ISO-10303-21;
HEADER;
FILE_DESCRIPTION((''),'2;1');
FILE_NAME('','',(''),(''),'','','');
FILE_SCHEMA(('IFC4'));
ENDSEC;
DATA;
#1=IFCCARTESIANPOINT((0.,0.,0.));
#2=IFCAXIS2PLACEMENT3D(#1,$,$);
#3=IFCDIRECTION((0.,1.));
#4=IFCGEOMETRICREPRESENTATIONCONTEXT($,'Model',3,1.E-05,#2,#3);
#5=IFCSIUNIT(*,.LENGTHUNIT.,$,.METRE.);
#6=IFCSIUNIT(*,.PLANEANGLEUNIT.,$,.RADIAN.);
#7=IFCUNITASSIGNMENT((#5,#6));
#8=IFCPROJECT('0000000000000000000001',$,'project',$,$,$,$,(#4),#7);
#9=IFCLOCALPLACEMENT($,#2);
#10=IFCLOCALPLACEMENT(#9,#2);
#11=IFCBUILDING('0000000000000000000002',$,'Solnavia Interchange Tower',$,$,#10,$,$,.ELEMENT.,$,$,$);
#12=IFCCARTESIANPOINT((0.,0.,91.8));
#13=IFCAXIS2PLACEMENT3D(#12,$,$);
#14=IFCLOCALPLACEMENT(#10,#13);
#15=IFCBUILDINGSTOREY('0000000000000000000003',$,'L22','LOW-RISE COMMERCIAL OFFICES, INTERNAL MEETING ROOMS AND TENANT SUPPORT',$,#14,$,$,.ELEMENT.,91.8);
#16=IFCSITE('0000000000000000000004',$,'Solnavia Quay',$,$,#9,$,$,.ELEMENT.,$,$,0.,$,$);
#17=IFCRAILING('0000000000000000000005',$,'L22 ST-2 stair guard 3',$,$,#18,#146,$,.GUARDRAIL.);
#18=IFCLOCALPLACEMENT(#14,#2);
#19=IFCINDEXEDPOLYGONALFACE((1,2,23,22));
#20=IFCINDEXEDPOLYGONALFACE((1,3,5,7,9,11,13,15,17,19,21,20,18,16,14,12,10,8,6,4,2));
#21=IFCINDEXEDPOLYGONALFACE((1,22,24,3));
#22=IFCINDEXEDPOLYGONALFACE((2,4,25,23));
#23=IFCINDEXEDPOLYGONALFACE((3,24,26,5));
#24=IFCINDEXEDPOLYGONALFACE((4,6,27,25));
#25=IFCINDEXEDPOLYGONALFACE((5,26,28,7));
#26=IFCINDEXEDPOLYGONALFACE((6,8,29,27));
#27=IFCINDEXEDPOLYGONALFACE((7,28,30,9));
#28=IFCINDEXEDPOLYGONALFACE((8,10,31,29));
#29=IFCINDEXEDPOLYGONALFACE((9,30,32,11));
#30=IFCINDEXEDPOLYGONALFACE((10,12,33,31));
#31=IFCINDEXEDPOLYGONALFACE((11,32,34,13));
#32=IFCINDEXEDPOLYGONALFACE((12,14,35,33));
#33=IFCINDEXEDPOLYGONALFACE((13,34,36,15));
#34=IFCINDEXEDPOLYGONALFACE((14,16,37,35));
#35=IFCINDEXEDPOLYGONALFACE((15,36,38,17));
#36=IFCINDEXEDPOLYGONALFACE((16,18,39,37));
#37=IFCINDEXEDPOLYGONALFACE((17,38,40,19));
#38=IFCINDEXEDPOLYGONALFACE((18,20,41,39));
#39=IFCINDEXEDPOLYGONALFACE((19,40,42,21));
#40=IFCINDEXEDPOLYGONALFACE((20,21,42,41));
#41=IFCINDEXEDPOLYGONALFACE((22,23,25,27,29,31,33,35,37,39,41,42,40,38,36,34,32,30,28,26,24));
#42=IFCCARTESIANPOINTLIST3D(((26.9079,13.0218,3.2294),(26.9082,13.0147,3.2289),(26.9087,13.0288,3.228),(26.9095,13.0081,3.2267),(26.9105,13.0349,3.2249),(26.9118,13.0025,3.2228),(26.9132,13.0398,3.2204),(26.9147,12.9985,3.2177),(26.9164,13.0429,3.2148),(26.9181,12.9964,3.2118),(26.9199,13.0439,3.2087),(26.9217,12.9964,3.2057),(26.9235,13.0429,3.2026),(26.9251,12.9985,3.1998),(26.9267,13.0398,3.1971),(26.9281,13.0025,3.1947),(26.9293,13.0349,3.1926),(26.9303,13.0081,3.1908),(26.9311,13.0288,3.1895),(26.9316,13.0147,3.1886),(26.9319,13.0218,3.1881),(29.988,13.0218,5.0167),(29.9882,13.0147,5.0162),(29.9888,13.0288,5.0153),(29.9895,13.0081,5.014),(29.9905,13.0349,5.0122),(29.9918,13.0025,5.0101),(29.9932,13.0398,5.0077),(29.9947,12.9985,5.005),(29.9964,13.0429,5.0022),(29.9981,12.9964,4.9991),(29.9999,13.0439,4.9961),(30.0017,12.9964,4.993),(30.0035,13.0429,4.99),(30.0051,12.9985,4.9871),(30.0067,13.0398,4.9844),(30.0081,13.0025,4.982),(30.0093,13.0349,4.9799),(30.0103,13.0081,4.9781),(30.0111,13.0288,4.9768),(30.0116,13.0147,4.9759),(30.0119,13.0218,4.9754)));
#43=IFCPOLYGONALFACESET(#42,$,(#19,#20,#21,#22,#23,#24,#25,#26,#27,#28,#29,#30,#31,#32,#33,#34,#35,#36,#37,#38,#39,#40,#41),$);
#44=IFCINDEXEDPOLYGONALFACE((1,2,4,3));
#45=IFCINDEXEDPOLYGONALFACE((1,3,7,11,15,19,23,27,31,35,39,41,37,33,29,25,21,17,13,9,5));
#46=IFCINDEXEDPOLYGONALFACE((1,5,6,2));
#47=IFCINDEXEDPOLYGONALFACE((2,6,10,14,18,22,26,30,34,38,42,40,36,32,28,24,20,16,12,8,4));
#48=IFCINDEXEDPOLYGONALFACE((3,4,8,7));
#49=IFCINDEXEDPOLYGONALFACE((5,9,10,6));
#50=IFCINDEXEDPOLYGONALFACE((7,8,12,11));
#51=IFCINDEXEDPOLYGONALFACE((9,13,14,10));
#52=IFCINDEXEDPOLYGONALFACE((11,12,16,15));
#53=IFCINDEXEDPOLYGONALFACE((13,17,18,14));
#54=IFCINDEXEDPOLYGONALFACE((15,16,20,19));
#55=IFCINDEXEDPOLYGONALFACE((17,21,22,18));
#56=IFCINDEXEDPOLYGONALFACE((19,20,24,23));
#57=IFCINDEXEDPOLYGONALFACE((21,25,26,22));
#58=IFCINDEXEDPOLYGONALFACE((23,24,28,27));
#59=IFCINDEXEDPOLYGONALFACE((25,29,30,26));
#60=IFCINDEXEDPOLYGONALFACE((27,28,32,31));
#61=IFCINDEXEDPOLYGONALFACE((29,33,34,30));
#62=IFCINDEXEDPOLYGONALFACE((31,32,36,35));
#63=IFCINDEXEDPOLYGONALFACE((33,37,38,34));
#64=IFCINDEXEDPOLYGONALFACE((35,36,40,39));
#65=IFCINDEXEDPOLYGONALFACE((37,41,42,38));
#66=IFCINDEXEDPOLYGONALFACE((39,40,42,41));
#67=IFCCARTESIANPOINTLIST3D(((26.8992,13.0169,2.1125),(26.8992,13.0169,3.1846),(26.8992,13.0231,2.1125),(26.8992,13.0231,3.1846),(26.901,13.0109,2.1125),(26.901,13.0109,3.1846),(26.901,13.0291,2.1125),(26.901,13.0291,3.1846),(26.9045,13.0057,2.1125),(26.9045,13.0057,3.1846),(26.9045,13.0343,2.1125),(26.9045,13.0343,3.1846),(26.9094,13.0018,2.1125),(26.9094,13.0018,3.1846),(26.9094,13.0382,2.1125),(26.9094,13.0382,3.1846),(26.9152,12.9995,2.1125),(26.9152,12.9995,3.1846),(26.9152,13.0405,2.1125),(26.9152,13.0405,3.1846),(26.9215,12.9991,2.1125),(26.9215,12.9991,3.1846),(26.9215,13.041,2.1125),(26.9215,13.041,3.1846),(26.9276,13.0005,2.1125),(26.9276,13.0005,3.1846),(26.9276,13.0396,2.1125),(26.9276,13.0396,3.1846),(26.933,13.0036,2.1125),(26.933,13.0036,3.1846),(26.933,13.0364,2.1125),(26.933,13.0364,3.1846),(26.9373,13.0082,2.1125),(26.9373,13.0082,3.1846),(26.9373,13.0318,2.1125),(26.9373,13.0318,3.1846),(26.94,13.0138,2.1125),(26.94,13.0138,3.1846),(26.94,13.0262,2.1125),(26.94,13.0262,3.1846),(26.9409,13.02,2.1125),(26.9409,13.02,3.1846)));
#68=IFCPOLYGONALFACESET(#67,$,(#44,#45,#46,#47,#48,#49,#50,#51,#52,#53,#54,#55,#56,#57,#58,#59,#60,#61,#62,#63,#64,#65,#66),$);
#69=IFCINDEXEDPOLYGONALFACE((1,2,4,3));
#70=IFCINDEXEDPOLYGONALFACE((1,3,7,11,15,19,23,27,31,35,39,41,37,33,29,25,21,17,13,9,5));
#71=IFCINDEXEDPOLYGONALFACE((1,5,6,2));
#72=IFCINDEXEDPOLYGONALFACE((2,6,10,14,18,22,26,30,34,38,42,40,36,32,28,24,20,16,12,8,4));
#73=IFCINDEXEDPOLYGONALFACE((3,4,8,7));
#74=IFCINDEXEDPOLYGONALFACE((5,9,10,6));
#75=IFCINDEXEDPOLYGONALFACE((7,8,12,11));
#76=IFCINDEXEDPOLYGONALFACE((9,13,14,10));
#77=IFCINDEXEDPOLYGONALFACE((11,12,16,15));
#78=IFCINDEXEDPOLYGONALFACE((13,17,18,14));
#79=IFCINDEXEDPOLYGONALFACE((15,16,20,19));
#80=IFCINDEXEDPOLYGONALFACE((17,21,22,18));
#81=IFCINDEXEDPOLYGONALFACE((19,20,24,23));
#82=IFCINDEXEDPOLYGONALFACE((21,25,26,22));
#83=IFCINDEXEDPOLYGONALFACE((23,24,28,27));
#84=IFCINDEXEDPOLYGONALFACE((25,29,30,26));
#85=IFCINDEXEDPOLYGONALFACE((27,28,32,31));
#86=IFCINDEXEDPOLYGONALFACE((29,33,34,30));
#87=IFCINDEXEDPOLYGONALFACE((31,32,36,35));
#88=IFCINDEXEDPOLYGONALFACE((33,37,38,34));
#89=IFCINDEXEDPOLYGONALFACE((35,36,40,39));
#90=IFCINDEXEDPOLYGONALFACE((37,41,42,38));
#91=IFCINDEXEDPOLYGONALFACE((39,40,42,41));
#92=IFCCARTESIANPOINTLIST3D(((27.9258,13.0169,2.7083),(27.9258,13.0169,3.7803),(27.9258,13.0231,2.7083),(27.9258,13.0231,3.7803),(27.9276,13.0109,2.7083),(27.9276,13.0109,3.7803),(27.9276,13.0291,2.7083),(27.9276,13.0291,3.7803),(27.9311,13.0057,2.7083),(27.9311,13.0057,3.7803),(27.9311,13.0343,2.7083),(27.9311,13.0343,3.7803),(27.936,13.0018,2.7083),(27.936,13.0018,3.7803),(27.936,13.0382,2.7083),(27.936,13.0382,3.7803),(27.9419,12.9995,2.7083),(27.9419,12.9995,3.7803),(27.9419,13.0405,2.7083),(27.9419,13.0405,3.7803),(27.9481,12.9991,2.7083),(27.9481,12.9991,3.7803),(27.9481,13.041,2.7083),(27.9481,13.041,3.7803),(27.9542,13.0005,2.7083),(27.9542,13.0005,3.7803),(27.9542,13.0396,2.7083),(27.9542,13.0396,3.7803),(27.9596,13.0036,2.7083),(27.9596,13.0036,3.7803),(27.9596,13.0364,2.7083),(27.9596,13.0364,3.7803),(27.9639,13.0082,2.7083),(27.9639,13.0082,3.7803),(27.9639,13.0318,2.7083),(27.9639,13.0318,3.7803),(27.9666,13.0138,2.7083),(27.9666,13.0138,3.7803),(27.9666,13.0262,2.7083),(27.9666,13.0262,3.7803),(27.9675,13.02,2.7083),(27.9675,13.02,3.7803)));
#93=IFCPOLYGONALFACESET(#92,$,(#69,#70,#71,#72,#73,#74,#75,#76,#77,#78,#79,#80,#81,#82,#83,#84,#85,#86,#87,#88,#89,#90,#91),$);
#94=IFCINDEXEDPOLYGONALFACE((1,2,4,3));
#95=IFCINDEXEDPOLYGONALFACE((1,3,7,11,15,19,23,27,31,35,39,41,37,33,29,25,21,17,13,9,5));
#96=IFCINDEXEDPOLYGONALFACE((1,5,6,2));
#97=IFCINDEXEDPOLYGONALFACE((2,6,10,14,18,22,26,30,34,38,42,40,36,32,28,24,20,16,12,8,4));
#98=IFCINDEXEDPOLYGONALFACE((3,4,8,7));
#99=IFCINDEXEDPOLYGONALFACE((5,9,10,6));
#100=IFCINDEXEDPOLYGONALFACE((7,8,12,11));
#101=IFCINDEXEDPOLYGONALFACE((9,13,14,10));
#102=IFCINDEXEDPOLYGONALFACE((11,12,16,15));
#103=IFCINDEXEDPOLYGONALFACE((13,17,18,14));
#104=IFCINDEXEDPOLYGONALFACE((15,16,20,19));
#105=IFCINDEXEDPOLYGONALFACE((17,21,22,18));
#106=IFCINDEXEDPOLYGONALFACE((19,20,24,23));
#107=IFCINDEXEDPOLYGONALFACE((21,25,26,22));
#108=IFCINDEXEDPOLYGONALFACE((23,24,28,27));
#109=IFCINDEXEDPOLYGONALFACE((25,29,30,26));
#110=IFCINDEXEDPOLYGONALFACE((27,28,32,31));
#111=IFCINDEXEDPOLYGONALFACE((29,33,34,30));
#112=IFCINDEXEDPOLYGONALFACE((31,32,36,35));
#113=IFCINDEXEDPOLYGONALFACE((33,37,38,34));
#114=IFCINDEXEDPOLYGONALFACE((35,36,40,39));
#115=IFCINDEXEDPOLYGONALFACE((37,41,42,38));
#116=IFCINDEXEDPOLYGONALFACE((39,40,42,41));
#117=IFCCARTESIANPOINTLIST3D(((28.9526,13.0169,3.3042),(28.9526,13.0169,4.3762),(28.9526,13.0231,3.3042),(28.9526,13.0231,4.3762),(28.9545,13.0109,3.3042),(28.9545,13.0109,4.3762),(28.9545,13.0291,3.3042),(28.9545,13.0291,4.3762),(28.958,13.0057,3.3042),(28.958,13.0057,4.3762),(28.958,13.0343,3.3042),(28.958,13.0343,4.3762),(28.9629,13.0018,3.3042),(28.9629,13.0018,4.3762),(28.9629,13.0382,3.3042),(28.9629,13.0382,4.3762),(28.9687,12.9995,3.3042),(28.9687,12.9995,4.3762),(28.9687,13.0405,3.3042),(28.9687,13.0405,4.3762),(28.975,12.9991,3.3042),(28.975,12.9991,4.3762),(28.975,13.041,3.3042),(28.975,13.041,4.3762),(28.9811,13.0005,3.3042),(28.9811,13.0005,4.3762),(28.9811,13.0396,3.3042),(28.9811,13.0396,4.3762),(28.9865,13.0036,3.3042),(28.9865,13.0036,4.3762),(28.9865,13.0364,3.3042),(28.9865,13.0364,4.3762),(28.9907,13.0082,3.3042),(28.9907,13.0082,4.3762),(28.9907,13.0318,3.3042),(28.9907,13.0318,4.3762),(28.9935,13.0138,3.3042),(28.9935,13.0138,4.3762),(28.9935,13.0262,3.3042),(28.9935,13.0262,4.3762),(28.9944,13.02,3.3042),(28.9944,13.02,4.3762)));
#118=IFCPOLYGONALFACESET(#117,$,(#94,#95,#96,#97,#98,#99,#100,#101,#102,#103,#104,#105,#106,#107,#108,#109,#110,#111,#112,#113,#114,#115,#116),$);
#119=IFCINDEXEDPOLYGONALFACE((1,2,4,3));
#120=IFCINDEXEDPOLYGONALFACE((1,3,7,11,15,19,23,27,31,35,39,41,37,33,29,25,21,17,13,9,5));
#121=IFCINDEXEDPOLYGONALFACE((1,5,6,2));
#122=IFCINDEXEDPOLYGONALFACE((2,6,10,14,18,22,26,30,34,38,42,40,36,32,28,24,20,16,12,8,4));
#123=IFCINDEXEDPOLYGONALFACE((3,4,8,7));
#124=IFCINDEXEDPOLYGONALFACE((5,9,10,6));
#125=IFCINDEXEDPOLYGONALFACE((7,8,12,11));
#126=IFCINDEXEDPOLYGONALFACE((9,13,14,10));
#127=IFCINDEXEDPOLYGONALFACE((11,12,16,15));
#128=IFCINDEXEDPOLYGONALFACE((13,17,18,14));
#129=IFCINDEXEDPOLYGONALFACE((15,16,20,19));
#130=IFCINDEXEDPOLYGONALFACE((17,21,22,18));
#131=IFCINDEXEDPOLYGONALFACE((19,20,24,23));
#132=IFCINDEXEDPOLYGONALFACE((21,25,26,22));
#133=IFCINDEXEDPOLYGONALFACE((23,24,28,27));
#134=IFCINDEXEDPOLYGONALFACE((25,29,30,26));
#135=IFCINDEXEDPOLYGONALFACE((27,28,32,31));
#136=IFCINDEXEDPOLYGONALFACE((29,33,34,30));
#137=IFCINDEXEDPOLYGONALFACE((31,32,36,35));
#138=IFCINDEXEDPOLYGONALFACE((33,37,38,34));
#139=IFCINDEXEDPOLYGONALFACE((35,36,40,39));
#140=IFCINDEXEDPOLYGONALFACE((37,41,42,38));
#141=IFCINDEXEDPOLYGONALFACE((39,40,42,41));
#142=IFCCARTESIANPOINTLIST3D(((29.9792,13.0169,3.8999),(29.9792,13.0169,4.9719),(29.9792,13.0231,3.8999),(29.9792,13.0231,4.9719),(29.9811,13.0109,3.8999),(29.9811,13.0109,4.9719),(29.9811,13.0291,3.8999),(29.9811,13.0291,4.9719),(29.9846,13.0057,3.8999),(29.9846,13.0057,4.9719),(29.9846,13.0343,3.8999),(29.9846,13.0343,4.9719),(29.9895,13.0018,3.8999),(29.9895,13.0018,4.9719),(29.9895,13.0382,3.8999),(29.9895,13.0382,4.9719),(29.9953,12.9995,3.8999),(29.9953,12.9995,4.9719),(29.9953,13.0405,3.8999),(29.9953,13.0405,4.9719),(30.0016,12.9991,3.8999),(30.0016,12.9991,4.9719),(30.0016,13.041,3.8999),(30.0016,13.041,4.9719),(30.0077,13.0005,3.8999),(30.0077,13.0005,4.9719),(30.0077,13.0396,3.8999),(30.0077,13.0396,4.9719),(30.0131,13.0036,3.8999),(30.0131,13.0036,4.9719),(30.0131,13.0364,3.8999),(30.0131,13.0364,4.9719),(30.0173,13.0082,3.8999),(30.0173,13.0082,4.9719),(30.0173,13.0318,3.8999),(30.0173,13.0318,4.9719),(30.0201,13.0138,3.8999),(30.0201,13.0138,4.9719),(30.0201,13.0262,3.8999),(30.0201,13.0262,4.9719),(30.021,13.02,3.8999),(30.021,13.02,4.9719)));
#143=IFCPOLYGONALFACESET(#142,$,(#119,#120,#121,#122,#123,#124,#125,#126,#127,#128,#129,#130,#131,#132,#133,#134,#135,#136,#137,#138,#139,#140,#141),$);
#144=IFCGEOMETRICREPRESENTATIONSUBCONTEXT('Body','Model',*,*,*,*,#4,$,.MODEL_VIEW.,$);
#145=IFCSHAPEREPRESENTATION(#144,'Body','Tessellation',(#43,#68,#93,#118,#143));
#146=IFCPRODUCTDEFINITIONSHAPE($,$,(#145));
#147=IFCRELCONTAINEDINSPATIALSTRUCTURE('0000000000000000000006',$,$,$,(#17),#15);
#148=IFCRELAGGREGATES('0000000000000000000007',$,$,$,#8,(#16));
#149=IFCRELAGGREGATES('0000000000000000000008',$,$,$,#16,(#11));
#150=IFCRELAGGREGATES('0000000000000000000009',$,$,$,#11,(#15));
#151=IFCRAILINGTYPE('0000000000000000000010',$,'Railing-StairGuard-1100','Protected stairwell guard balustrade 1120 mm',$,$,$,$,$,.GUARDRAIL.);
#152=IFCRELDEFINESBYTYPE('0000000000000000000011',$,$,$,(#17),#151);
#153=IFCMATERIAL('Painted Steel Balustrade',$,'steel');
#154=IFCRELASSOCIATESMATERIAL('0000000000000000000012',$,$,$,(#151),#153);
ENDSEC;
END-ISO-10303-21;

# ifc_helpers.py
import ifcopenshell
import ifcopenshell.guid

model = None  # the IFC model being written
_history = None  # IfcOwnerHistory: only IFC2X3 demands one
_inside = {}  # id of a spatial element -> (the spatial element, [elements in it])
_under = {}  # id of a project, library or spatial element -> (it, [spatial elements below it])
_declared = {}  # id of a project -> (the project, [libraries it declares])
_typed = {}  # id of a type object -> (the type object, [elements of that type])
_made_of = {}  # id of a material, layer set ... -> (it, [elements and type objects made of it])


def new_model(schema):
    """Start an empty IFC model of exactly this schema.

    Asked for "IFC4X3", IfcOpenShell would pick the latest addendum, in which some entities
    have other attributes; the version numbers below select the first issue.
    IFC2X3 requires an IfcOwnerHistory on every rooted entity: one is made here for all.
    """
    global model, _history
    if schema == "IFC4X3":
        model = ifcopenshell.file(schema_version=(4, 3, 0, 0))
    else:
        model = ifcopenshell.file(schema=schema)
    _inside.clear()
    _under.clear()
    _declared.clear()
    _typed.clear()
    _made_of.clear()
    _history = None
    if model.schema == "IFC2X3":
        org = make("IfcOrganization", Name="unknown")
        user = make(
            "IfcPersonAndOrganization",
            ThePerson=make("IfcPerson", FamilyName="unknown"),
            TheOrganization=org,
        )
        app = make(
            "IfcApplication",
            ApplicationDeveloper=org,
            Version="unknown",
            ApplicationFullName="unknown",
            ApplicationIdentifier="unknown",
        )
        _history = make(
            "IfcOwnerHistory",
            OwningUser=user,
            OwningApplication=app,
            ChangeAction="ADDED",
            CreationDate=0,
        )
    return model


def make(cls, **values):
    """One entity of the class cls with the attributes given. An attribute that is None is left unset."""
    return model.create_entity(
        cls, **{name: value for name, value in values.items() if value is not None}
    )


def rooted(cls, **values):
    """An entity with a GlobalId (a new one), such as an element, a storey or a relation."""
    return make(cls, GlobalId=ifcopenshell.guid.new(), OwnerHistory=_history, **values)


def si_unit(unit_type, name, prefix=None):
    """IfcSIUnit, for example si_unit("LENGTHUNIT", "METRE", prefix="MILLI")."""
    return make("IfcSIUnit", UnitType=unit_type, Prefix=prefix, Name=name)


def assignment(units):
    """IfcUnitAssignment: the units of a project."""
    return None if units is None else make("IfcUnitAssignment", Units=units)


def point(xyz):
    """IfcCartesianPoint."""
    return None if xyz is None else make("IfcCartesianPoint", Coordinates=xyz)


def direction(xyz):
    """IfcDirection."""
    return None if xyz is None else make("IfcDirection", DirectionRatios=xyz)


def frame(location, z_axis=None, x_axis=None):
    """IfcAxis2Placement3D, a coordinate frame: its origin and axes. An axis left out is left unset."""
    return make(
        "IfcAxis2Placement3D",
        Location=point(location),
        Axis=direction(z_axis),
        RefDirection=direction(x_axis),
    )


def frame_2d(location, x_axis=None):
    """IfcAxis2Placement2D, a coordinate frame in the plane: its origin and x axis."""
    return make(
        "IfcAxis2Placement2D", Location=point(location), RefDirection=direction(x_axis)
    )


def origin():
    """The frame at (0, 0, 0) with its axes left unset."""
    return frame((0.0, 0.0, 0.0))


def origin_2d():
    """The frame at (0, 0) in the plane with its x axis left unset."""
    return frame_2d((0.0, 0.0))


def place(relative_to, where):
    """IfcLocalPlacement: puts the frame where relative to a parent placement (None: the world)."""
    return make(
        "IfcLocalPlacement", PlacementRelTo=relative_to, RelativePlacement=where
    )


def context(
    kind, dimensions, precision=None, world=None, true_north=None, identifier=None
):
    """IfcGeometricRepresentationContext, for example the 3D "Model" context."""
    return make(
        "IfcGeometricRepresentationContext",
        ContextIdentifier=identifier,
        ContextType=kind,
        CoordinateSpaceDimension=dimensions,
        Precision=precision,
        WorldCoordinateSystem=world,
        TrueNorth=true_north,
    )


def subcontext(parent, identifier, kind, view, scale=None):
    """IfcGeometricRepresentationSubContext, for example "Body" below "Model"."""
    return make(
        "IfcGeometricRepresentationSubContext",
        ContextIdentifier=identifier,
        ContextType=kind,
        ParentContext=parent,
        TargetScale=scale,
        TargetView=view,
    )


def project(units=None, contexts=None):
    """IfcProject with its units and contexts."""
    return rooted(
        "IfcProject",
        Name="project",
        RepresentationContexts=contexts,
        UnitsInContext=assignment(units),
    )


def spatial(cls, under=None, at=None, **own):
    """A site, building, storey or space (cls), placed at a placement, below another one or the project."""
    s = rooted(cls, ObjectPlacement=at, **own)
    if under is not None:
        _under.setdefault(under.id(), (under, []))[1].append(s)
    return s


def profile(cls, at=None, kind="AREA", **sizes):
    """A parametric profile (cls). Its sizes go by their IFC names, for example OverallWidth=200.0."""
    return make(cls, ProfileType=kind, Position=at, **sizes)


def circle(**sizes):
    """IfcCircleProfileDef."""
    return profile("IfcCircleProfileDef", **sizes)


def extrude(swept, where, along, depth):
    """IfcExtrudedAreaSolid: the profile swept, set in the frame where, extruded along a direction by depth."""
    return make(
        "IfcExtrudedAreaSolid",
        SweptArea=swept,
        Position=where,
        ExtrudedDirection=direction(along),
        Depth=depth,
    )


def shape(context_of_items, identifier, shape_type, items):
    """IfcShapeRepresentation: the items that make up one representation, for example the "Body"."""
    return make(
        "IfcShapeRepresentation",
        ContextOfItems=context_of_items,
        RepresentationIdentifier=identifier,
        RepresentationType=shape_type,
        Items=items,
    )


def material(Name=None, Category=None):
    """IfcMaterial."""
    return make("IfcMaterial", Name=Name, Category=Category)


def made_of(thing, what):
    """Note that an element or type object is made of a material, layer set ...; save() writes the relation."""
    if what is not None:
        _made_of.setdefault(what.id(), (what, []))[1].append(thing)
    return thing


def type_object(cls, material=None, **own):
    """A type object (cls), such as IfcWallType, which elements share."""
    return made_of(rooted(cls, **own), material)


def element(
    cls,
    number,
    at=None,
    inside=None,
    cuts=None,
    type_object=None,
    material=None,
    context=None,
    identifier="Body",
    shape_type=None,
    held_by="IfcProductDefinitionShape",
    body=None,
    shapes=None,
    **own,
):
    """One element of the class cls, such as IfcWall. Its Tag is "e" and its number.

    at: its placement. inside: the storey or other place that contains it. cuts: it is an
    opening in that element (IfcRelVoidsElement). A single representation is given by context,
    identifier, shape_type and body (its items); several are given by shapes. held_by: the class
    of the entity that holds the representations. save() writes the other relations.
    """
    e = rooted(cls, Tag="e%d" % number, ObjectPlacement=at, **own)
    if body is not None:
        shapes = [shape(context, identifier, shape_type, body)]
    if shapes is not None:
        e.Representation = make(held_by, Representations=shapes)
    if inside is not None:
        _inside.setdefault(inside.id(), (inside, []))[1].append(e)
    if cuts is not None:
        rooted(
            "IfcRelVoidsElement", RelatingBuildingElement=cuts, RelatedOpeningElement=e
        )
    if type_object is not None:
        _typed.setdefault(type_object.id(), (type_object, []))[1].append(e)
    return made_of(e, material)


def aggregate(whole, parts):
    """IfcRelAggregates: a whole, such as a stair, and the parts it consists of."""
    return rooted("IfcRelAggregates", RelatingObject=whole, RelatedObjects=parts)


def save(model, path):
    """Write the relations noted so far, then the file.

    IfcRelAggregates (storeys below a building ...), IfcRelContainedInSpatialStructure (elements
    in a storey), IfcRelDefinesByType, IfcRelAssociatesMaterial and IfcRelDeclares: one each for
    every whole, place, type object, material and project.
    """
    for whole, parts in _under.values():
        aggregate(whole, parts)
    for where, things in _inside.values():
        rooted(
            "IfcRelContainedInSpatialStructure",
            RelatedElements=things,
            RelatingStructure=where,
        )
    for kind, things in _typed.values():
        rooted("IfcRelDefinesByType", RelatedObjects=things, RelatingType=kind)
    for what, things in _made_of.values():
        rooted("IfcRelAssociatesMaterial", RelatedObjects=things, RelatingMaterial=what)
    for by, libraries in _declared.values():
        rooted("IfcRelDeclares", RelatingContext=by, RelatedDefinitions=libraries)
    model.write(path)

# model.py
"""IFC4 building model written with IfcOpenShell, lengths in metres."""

from ifc_helpers import new_model, si_unit, direction, frame, origin, origin_2d, place, context, subcontext, project, spatial, circle, extrude, material, type_object, element, save


model = new_model("IFC4")

# Units and contexts
model_context = context("Model", 3, precision=1e-05, world=origin(), true_north=direction((0.0, 1.0)))
body_context = subcontext(model_context, "Body", "Model", "MODEL_VIEW")
ifc_project = project(units=[si_unit("LENGTHUNIT", "METRE"), si_unit("PLANEANGLEUNIT", "RADIAN")], contexts=[model_context])

# Site, building, storey
site_placement = place(None, origin())
site = spatial("IfcSite", under=ifc_project, at=site_placement, Name="Solnavia Quay", CompositionType="ELEMENT", RefElevation=0.0)
building_placement = place(site_placement, origin())
building = spatial("IfcBuilding", under=site, at=building_placement, Name="Solnavia Interchange Tower", CompositionType="ELEMENT")
storey_placement = place(building_placement, frame((0.0, 0.0, 91.8)))
storey = spatial("IfcBuildingStorey", under=building, at=storey_placement, Name="L22", Description="LOW-RISE COMMERCIAL OFFICES, INTERNAL MEETING ROOMS AND TENANT SUPPORT", CompositionType="ELEMENT", Elevation=91.8)

# Railing
ifc_material_1 = material(Name="Painted Steel Balustrade", Category="steel")
railing_type_1 = type_object("IfcRailingType", Name="Railing-StairGuard-1100", Description="Protected stairwell guard balustrade 1120 mm", PredefinedType="GUARDRAIL", material=ifc_material_1)
railing_1_placement = place(storey_placement, frame((26.9199, 13.02, 2.1125)))
element("IfcRailing", 1, at=railing_1_placement, inside=storey, type_object=railing_type_1, Name="L22 ST-2 stair guard 3", PredefinedType="GUARDRAIL", context=body_context, shape_type="SweptSolid", body=[
    extrude(circle(Radius=0.0239, at=origin_2d()), frame((0.0, 0.0, 1.0962), z_axis=(0.86492, 0.0, 0.501909), x_axis=(0.0, 1.0, 0.0)), (0.0, 0.0, 1.0), 3.561),
    extrude(circle(Radius=0.021, at=origin_2d()), origin(), (0.0, 0.0, 1.0), 1.072),
    extrude(circle(Radius=0.021, at=origin_2d()), frame((1.0266, 0.0, 0.5957)), (0.0, 0.0, 1.0), 1.072),
    extrude(circle(Radius=0.021, at=origin_2d()), frame((2.0535, 0.0, 1.1917)), (0.0, 0.0, 1.0), 1.072),
    extrude(circle(Radius=0.021, at=origin_2d()), frame((3.0801, 0.0, 1.7874)), (0.0, 0.0, 1.0), 1.072),
])

save(model, "model.ifc")
